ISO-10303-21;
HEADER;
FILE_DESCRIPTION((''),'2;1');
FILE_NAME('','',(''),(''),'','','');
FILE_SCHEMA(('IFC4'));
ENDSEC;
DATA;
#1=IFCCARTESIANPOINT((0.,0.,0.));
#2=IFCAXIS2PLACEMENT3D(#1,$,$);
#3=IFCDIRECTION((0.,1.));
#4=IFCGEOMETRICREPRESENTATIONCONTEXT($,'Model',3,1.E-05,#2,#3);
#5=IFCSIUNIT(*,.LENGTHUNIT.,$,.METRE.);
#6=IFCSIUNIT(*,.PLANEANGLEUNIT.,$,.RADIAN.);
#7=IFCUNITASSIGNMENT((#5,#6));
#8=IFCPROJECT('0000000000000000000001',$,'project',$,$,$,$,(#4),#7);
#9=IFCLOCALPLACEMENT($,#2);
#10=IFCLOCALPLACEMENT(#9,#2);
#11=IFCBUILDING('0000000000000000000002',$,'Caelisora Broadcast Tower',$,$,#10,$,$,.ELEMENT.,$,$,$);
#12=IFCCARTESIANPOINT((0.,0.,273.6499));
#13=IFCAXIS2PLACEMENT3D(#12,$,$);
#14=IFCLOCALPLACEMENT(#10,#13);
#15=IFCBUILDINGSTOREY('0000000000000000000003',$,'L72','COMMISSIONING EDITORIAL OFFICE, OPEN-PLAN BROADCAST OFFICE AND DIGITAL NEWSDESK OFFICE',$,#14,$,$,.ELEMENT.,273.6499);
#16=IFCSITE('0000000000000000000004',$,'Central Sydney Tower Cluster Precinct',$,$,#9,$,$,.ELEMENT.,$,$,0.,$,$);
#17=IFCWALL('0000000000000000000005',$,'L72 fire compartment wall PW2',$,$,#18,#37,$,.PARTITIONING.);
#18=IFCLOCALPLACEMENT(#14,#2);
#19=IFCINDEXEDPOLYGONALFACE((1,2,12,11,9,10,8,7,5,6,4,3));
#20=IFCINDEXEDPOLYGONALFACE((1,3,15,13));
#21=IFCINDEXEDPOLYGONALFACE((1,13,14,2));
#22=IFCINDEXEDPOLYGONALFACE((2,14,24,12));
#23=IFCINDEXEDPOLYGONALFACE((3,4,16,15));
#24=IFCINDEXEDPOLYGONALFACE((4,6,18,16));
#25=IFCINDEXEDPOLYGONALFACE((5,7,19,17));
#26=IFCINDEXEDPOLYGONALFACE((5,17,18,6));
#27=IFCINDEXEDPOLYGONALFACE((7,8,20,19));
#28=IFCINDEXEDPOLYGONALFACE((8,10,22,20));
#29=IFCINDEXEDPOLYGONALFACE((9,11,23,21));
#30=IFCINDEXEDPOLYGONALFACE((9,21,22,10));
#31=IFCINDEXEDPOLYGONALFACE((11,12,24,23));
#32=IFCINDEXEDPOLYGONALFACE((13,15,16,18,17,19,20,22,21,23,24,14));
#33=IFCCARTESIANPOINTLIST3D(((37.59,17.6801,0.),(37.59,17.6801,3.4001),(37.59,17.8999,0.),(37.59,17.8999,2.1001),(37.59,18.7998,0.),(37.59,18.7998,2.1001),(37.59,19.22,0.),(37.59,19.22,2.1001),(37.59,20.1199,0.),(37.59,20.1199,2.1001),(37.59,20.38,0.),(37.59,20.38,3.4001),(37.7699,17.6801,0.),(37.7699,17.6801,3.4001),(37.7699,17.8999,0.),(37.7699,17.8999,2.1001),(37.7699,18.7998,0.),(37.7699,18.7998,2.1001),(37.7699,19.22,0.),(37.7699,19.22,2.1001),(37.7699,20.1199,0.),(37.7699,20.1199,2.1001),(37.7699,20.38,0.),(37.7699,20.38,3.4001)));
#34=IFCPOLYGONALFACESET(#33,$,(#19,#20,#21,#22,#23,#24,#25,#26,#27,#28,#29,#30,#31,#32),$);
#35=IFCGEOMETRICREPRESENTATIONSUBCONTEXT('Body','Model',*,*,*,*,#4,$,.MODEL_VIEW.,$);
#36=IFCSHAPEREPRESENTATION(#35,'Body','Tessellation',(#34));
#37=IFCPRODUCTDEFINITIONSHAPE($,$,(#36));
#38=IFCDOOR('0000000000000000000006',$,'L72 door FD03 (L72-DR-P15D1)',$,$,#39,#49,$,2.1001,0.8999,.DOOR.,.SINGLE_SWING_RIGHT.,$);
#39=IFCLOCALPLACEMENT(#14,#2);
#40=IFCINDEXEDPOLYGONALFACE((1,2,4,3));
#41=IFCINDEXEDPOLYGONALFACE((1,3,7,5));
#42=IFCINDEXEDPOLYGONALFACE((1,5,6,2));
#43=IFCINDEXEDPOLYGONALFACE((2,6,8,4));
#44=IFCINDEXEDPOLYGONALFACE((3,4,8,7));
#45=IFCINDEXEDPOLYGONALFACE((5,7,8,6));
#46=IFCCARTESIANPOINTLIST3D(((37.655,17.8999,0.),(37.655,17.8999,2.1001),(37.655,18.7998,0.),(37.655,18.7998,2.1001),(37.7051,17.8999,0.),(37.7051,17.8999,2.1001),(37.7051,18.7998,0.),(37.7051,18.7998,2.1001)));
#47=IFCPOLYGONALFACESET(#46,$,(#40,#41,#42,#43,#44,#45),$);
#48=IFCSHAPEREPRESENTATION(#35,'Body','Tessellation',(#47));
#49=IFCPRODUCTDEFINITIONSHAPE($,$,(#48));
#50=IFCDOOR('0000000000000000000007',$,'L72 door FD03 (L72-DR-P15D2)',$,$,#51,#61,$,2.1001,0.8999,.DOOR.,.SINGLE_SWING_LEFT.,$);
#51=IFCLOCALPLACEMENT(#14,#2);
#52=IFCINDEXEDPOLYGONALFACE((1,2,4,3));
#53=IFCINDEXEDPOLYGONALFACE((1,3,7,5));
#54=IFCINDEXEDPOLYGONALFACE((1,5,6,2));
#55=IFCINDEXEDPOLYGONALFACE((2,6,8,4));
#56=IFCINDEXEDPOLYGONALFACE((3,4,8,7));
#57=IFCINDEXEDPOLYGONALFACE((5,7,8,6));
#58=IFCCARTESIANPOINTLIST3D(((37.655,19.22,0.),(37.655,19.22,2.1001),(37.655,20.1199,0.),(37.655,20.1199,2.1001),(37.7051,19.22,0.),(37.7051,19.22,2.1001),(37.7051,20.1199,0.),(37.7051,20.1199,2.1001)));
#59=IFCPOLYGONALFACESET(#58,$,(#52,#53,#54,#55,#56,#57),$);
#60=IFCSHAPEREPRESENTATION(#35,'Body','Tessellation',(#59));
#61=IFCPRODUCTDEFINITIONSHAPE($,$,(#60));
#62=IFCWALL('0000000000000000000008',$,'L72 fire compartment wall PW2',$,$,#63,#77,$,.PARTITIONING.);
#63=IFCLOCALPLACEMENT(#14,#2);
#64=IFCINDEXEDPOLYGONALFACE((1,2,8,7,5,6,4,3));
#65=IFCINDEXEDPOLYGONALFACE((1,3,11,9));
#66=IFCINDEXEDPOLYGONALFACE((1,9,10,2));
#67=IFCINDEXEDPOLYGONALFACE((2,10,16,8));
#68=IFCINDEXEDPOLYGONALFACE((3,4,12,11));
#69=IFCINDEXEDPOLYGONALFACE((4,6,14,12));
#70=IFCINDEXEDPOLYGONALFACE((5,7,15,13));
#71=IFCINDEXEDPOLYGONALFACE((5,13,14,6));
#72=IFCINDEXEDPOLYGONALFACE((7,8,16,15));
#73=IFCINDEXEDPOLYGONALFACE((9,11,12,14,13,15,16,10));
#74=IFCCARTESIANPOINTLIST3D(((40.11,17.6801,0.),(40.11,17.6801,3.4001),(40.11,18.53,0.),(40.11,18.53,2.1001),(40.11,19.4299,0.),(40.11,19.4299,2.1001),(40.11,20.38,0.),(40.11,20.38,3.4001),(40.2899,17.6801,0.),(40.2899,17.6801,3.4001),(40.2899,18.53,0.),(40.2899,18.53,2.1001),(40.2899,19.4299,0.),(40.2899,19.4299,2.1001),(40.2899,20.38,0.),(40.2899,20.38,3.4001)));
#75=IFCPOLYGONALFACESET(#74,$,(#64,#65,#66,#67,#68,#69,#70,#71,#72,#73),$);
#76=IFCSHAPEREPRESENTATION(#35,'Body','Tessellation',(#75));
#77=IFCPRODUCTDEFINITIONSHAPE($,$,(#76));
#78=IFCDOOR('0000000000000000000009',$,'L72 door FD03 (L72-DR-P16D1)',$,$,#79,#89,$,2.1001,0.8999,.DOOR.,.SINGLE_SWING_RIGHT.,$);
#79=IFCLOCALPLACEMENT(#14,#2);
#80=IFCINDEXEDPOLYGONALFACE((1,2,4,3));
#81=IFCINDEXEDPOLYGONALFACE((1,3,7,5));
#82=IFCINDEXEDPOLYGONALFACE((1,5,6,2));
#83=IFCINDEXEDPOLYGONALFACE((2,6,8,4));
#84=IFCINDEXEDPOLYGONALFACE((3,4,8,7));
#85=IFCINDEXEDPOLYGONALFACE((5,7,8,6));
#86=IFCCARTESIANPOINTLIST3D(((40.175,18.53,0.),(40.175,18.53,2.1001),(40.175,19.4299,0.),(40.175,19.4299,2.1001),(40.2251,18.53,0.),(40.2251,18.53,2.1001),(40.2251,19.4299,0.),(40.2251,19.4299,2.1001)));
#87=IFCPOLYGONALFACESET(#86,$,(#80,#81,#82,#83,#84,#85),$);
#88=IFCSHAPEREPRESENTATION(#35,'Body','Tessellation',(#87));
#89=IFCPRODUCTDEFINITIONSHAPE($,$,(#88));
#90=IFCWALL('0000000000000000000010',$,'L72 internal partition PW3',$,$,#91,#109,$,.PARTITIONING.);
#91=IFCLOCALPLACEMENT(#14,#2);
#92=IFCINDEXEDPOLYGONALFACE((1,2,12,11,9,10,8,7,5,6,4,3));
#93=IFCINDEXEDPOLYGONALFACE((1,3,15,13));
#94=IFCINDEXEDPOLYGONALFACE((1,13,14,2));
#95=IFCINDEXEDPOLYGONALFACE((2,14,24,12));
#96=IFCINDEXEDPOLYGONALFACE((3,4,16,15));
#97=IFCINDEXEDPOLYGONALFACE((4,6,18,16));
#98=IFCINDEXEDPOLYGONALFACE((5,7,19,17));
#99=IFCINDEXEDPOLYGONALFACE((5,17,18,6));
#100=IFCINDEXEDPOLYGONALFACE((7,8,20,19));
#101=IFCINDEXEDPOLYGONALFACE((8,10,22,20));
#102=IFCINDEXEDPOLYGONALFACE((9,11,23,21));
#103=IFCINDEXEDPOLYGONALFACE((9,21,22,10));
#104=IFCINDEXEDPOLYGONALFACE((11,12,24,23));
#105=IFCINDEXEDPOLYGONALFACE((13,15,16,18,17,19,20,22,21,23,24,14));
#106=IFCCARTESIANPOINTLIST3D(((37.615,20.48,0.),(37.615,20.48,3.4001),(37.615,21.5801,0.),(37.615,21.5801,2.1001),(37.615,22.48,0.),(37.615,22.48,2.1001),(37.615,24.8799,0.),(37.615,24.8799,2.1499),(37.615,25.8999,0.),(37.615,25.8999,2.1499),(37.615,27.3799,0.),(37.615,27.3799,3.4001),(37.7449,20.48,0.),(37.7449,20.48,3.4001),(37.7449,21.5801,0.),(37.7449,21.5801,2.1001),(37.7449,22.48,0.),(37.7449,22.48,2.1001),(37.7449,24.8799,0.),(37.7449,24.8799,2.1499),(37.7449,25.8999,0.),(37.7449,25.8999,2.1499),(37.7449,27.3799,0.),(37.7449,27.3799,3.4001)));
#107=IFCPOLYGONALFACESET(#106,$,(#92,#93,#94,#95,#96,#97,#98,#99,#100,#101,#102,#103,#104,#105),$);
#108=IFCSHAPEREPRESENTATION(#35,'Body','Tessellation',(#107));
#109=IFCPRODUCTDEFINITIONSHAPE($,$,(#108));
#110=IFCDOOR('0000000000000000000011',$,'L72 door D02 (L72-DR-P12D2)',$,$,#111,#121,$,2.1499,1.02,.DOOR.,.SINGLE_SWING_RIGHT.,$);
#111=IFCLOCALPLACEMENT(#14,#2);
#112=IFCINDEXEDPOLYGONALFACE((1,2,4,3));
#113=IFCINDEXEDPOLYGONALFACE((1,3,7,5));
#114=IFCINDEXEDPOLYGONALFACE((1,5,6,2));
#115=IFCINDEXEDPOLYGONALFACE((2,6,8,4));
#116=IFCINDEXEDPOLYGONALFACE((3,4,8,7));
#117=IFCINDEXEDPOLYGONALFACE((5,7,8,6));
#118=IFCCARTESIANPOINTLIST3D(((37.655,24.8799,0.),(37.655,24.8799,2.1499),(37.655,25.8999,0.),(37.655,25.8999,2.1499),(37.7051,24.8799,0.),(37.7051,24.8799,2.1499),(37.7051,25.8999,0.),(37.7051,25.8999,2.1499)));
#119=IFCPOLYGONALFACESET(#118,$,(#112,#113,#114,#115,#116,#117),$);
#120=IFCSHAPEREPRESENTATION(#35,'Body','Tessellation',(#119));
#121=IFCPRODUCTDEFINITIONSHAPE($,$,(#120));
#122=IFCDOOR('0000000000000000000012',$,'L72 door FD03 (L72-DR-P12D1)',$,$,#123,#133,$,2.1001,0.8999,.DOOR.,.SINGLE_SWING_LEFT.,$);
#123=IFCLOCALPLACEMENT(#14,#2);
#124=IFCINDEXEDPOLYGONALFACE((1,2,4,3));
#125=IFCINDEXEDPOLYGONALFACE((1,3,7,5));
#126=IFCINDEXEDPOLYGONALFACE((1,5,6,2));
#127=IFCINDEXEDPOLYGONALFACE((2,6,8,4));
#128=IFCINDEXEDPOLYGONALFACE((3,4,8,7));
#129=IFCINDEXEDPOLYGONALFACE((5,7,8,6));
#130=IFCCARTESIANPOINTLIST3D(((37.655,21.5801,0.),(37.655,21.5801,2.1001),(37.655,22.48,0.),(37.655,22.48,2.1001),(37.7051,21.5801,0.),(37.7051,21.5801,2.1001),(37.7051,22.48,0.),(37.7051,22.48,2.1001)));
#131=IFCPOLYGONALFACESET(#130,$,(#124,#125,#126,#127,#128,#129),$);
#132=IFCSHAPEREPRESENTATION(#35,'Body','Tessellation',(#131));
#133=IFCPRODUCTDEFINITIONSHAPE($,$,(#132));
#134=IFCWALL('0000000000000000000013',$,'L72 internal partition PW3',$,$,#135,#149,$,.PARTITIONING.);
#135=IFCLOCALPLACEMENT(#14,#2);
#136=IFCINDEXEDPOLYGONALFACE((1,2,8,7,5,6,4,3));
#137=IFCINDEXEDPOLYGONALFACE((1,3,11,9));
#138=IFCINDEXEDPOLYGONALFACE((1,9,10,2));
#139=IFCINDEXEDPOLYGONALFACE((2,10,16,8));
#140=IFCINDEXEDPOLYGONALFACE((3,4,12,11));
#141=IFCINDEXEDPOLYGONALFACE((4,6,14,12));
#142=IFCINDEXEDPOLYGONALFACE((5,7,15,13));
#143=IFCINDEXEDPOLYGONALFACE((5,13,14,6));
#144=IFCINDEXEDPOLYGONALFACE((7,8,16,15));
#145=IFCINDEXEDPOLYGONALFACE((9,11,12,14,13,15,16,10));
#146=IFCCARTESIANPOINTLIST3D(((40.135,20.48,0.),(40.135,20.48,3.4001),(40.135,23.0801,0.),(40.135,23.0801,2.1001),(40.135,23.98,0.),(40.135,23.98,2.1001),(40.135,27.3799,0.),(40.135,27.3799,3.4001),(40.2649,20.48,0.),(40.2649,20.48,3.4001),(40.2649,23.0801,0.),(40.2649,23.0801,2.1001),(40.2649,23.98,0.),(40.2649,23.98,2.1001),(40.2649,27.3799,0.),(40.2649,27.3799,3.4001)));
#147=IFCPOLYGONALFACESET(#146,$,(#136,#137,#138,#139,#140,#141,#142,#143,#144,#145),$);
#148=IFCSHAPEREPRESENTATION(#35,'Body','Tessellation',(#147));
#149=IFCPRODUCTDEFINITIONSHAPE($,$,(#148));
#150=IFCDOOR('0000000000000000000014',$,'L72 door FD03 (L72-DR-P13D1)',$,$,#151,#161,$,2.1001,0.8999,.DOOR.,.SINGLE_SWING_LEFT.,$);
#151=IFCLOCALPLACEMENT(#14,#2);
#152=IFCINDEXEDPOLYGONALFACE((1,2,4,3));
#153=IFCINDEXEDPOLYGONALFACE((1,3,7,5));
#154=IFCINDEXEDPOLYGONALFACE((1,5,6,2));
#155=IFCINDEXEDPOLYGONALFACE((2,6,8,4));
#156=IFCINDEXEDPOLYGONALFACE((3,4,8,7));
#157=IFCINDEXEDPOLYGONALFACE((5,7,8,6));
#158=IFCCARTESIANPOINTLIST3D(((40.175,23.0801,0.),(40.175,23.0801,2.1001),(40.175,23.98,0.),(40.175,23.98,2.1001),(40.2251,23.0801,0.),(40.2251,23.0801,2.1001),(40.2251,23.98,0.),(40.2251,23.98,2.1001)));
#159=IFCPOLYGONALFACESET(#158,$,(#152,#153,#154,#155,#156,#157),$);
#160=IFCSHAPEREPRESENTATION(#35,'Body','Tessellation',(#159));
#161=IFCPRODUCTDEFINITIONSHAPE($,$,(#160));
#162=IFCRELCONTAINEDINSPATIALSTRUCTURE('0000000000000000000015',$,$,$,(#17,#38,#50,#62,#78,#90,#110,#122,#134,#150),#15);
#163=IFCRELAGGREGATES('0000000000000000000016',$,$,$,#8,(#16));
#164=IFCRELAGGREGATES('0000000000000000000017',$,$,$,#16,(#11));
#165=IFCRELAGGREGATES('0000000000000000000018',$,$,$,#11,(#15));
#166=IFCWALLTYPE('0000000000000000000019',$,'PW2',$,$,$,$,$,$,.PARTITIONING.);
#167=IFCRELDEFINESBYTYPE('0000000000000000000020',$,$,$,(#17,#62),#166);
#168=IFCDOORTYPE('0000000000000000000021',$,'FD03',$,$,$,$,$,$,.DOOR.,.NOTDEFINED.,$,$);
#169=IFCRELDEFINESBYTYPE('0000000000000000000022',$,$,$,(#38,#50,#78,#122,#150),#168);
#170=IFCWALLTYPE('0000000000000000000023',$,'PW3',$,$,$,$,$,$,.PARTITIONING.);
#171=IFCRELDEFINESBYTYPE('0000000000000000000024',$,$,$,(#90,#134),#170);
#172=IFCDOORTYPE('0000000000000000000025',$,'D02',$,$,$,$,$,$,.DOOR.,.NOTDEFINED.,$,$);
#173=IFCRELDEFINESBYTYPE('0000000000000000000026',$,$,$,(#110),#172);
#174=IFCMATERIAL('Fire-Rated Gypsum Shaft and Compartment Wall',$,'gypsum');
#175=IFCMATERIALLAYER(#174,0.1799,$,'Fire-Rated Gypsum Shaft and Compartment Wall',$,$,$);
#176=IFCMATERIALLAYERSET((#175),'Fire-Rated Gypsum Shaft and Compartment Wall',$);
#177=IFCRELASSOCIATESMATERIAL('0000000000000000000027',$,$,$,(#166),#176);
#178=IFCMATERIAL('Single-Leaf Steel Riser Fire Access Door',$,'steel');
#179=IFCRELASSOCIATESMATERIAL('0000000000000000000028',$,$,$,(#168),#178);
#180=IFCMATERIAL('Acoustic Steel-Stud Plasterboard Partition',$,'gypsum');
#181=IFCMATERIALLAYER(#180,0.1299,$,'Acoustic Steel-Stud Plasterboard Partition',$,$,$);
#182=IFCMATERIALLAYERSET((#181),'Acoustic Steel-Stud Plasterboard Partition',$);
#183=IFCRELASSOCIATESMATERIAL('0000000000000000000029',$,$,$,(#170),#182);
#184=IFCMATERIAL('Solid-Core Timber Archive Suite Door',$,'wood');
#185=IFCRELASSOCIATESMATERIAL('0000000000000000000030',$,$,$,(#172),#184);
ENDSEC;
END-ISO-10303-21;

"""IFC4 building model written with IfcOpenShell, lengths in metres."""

from ifc_helpers import new_model, si_unit, direction, frame, frame_2d, origin, place, context, subcontext, project, spatial, rectangle, extrude, material, layer, layer_set, type_object, element, fill, save


model = new_model("IFC4")

# Units and contexts
model_context = context("Model", 3, precision=1e-05, world=origin(), true_north=direction((0.0, 1.0)))
body_context = subcontext(model_context, "Body", "Model", "MODEL_VIEW")
ifc_project = project(units=[si_unit("LENGTHUNIT", "METRE"), si_unit("PLANEANGLEUNIT", "RADIAN")], contexts=[model_context])

# Site, building, storey
site_placement = place(None, origin())
site = spatial("IfcSite", under=ifc_project, at=site_placement, Name="Central Sydney Tower Cluster Precinct", CompositionType="ELEMENT", RefElevation=0.0)
building_placement = place(site_placement, origin())
building = spatial("IfcBuilding", under=site, at=building_placement, Name="Caelisora Broadcast Tower", CompositionType="ELEMENT")
storey_placement = place(building_placement, frame((0.0, 0.0, 273.6499)))
storey = spatial("IfcBuildingStorey", under=building, at=storey_placement, Name="L72", Description="COMMISSIONING EDITORIAL OFFICE, OPEN-PLAN BROADCAST OFFICE AND DIGITAL NEWSDESK OFFICE", CompositionType="ELEMENT", Elevation=273.6499)

# Shared definitions
ifc_material_1 = material(Name="Fire-Rated Gypsum Shaft and Compartment Wall", Category="gypsum")
ifc_layer_1 = layer(ifc_material_1, 0.1799, Name="Fire-Rated Gypsum Shaft and Compartment Wall")
ifc_layer_set_1 = layer_set([ifc_layer_1], Name="Fire-Rated Gypsum Shaft and Compartment Wall")
wall_type_1 = type_object("IfcWallType", Name="PW2", PredefinedType="PARTITIONING", material=ifc_layer_set_1)

# Wall, openings, doors
wall_1_placement = place(storey_placement, frame((37.6799, 17.6799, 0.0), z_axis=(0.0, 0.0, 1.0), x_axis=(0.0, 1.0, 0.0)))
wall_1 = element("IfcWall", 1, at=wall_1_placement, inside=storey, type_object=wall_type_1, Name="L72 fire compartment wall PW2", PredefinedType="PARTITIONING", context=body_context, shape_type="SweptSolid", body=[
    extrude(rectangle(XDim=2.7, YDim=0.1799, at=frame_2d((1.3501, 0.0))), origin(), (0.0, 0.0, 1.0), 3.4001),
])
opening_1_placement = place(wall_1_placement, frame((0.22, 0.0, 0.0)))
opening_1 = element("IfcOpeningElement", 2, at=opening_1_placement, cuts=wall_1, PredefinedType="OPENING", context=body_context, shape_type="SweptSolid", body=[
    extrude(rectangle(XDim=0.8999, YDim=2.1001, at=frame_2d((0.45, 1.05))), frame((0.0, 0.1021, 0.0), z_axis=(0.0, -1.0, 0.0), x_axis=(1.0, 0.0, 0.0)), (0.0, 0.0, 1.0), 0.2039),
])
opening_2_placement = place(wall_1_placement, frame((1.54, 0.0, 0.0)))
opening_2 = element("IfcOpeningElement", 3, at=opening_2_placement, cuts=wall_1, PredefinedType="OPENING", context=body_context, shape_type="SweptSolid", body=[
    extrude(rectangle(XDim=0.8999, YDim=2.1001, at=frame_2d((0.45, 1.05))), frame((0.0, 0.1021, 0.0), z_axis=(0.0, -1.0, 0.0), x_axis=(1.0, 0.0, 0.0)), (0.0, 0.0, 1.0), 0.2039),
])
ifc_material_2 = material(Name="Single-Leaf Steel Riser Fire Access Door", Category="steel")
door_type_1 = type_object("IfcDoorType", Name="FD03", OperationType="NOTDEFINED", PredefinedType="DOOR", material=ifc_material_2)
door_1_placement = place(opening_1_placement, origin())
door_1 = element("IfcDoor", 4, at=door_1_placement, inside=storey, type_object=door_type_1, Name="L72 door FD03 (L72-DR-P15D1)", OperationType="SINGLE_SWING_RIGHT", OverallHeight=2.1001, OverallWidth=0.8999, PredefinedType="DOOR", context=body_context, shape_type="SweptSolid", body=[
    extrude(rectangle(XDim=0.8999, YDim=2.1001, at=frame_2d((0.45, 1.05))), frame((0.0, 0.0249, 0.0), z_axis=(0.0, -1.0, 0.0), x_axis=(1.0, 0.0, 0.0)), (0.0, 0.0, 1.0), 0.05),
])
fill(opening_1, door_1)
door_2_placement = place(opening_2_placement, origin())
door_2 = element("IfcDoor", 5, at=door_2_placement, inside=storey, type_object=door_type_1, Name="L72 door FD03 (L72-DR-P15D2)", OperationType="SINGLE_SWING_LEFT", OverallHeight=2.1001, OverallWidth=0.8999, PredefinedType="DOOR", context=body_context, shape_type="SweptSolid", body=[
    extrude(rectangle(XDim=0.8999, YDim=2.1001, at=frame_2d((0.45, 1.05))), frame((0.0, 0.0249, 0.0), z_axis=(0.0, -1.0, 0.0), x_axis=(1.0, 0.0, 0.0)), (0.0, 0.0, 1.0), 0.05),
])
fill(opening_2, door_2)

# Wall, opening, door
wall_2_placement = place(storey_placement, frame((40.2, 17.6799, 0.0), z_axis=(0.0, 0.0, 1.0), x_axis=(0.0, 1.0, 0.0)))
wall_2 = element("IfcWall", 6, at=wall_2_placement, inside=storey, type_object=wall_type_1, Name="L72 fire compartment wall PW2", PredefinedType="PARTITIONING", context=body_context, shape_type="SweptSolid", body=[
    extrude(rectangle(XDim=2.7, YDim=0.1799, at=frame_2d((1.3501, 0.0))), origin(), (0.0, 0.0, 1.0), 3.4001),
])
opening_3_placement = place(wall_2_placement, frame((0.8501, 0.0, 0.0)))
opening_3 = element("IfcOpeningElement", 7, at=opening_3_placement, cuts=wall_2, PredefinedType="OPENING", context=body_context, shape_type="SweptSolid", body=[
    extrude(rectangle(XDim=0.8999, YDim=2.1001, at=frame_2d((0.45, 1.05))), frame((0.0, 0.1021, 0.0), z_axis=(0.0, -1.0, 0.0), x_axis=(1.0, 0.0, 0.0)), (0.0, 0.0, 1.0), 0.2039),
])
door_3_placement = place(opening_3_placement, origin())
door_3 = element("IfcDoor", 8, at=door_3_placement, inside=storey, type_object=door_type_1, Name="L72 door FD03 (L72-DR-P16D1)", OperationType="SINGLE_SWING_RIGHT", OverallHeight=2.1001, OverallWidth=0.8999, PredefinedType="DOOR", context=body_context, shape_type="SweptSolid", body=[
    extrude(rectangle(XDim=0.8999, YDim=2.1001, at=frame_2d((0.45, 1.05))), frame((0.0, 0.0249, 0.0), z_axis=(0.0, -1.0, 0.0), x_axis=(1.0, 0.0, 0.0)), (0.0, 0.0, 1.0), 0.05),
])
fill(opening_3, door_3)

# Wall, openings, doors
ifc_material_3 = material(Name="Acoustic Steel-Stud Plasterboard Partition", Category="gypsum")
ifc_layer_2 = layer(ifc_material_3, 0.1299, Name="Acoustic Steel-Stud Plasterboard Partition")
ifc_layer_set_2 = layer_set([ifc_layer_2], Name="Acoustic Steel-Stud Plasterboard Partition")
wall_type_2 = type_object("IfcWallType", Name="PW3", PredefinedType="PARTITIONING", material=ifc_layer_set_2)
wall_3_placement = place(storey_placement, frame((37.6799, 20.48, 0.0), z_axis=(0.0, 0.0, 1.0), x_axis=(0.0, 1.0, 0.0)))
wall_3 = element("IfcWall", 9, at=wall_3_placement, inside=storey, type_object=wall_type_2, Name="L72 internal partition PW3", PredefinedType="PARTITIONING", context=body_context, shape_type="SweptSolid", body=[
    extrude(rectangle(XDim=6.8999, YDim=0.1299, at=frame_2d((3.45, 0.0))), origin(), (0.0, 0.0, 1.0), 3.4001),
])
opening_4_placement = place(wall_3_placement, frame((1.1001, 0.0, 0.0)))
opening_4 = element("IfcOpeningElement", 10, at=opening_4_placement, cuts=wall_3, PredefinedType="OPENING", context=body_context, shape_type="SweptSolid", body=[
    extrude(rectangle(XDim=0.8999, YDim=2.1001, at=frame_2d((0.45, 1.05))), frame((0.0, 0.0769, 0.0), z_axis=(0.0, -1.0, 0.0), x_axis=(1.0, 0.0, 0.0)), (0.0, 0.0, 1.0), 0.1538),
])
opening_5_placement = place(wall_3_placement, frame((4.3999, 0.0, 0.0)))
opening_5 = element("IfcOpeningElement", 11, at=opening_5_placement, cuts=wall_3, PredefinedType="OPENING", context=body_context, shape_type="SweptSolid", body=[
    extrude(rectangle(XDim=1.02, YDim=2.1499, at=frame_2d((0.51, 1.075))), frame((0.0, 0.0769, 0.0), z_axis=(0.0, -1.0, 0.0), x_axis=(1.0, 0.0, 0.0)), (0.0, 0.0, 1.0), 0.1538),
])
ifc_material_4 = material(Name="Solid-Core Timber Archive Suite Door", Category="wood")
door_type_2 = type_object("IfcDoorType", Name="D02", OperationType="NOTDEFINED", PredefinedType="DOOR", material=ifc_material_4)
door_4_placement = place(opening_5_placement, origin())
door_4 = element("IfcDoor", 12, at=door_4_placement, inside=storey, type_object=door_type_2, Name="L72 door D02 (L72-DR-P12D2)", OperationType="SINGLE_SWING_RIGHT", OverallHeight=2.1499, OverallWidth=1.02, PredefinedType="DOOR", context=body_context, shape_type="SweptSolid", body=[
    extrude(rectangle(XDim=1.02, YDim=2.1499, at=frame_2d((0.51, 1.075))), frame((0.0, 0.0249, 0.0), z_axis=(0.0, -1.0, 0.0), x_axis=(1.0, 0.0, 0.0)), (0.0, 0.0, 1.0), 0.05),
])
fill(opening_5, door_4)
door_5_placement = place(opening_4_placement, origin())
door_5 = element("IfcDoor", 13, at=door_5_placement, inside=storey, type_object=door_type_1, Name="L72 door FD03 (L72-DR-P12D1)", OperationType="SINGLE_SWING_LEFT", OverallHeight=2.1001, OverallWidth=0.8999, PredefinedType="DOOR", context=body_context, shape_type="SweptSolid", body=[
    extrude(rectangle(XDim=0.8999, YDim=2.1001, at=frame_2d((0.45, 1.05))), frame((0.0, 0.0249, 0.0), z_axis=(0.0, -1.0, 0.0), x_axis=(1.0, 0.0, 0.0)), (0.0, 0.0, 1.0), 0.05),
])
fill(opening_4, door_5)

# Wall, opening, door
wall_4_placement = place(storey_placement, frame((40.2, 20.48, 0.0), z_axis=(0.0, 0.0, 1.0), x_axis=(0.0, 1.0, 0.0)))
wall_4 = element("IfcWall", 14, at=wall_4_placement, inside=storey, type_object=wall_type_2, Name="L72 internal partition PW3", PredefinedType="PARTITIONING", context=body_context, shape_type="SweptSolid", body=[
    extrude(rectangle(XDim=6.8999, YDim=0.1299, at=frame_2d((3.45, 0.0))), origin(), (0.0, 0.0, 1.0), 3.4001),
])
opening_6_placement = place(wall_4_placement, frame((2.6001, 0.0, 0.0)))
opening_6 = element("IfcOpeningElement", 15, at=opening_6_placement, cuts=wall_4, PredefinedType="OPENING", context=body_context, shape_type="SweptSolid", body=[
    extrude(rectangle(XDim=0.8999, YDim=2.1001, at=frame_2d((0.45, 1.05))), frame((0.0, 0.0769, 0.0), z_axis=(0.0, -1.0, 0.0), x_axis=(1.0, 0.0, 0.0)), (0.0, 0.0, 1.0), 0.1538),
])
door_6_placement = place(opening_6_placement, origin())
door_6 = element("IfcDoor", 16, at=door_6_placement, inside=storey, type_object=door_type_1, Name="L72 door FD03 (L72-DR-P13D1)", OperationType="SINGLE_SWING_LEFT", OverallHeight=2.1001, OverallWidth=0.8999, PredefinedType="DOOR", context=body_context, shape_type="SweptSolid", body=[
    extrude(rectangle(XDim=0.8999, YDim=2.1001, at=frame_2d((0.45, 1.05))), frame((0.0, 0.0249, 0.0), z_axis=(0.0, -1.0, 0.0), x_axis=(1.0, 0.0, 0.0)), (0.0, 0.0, 1.0), 0.05),
])
fill(opening_6, door_6)

save(model, "model.ifc")
